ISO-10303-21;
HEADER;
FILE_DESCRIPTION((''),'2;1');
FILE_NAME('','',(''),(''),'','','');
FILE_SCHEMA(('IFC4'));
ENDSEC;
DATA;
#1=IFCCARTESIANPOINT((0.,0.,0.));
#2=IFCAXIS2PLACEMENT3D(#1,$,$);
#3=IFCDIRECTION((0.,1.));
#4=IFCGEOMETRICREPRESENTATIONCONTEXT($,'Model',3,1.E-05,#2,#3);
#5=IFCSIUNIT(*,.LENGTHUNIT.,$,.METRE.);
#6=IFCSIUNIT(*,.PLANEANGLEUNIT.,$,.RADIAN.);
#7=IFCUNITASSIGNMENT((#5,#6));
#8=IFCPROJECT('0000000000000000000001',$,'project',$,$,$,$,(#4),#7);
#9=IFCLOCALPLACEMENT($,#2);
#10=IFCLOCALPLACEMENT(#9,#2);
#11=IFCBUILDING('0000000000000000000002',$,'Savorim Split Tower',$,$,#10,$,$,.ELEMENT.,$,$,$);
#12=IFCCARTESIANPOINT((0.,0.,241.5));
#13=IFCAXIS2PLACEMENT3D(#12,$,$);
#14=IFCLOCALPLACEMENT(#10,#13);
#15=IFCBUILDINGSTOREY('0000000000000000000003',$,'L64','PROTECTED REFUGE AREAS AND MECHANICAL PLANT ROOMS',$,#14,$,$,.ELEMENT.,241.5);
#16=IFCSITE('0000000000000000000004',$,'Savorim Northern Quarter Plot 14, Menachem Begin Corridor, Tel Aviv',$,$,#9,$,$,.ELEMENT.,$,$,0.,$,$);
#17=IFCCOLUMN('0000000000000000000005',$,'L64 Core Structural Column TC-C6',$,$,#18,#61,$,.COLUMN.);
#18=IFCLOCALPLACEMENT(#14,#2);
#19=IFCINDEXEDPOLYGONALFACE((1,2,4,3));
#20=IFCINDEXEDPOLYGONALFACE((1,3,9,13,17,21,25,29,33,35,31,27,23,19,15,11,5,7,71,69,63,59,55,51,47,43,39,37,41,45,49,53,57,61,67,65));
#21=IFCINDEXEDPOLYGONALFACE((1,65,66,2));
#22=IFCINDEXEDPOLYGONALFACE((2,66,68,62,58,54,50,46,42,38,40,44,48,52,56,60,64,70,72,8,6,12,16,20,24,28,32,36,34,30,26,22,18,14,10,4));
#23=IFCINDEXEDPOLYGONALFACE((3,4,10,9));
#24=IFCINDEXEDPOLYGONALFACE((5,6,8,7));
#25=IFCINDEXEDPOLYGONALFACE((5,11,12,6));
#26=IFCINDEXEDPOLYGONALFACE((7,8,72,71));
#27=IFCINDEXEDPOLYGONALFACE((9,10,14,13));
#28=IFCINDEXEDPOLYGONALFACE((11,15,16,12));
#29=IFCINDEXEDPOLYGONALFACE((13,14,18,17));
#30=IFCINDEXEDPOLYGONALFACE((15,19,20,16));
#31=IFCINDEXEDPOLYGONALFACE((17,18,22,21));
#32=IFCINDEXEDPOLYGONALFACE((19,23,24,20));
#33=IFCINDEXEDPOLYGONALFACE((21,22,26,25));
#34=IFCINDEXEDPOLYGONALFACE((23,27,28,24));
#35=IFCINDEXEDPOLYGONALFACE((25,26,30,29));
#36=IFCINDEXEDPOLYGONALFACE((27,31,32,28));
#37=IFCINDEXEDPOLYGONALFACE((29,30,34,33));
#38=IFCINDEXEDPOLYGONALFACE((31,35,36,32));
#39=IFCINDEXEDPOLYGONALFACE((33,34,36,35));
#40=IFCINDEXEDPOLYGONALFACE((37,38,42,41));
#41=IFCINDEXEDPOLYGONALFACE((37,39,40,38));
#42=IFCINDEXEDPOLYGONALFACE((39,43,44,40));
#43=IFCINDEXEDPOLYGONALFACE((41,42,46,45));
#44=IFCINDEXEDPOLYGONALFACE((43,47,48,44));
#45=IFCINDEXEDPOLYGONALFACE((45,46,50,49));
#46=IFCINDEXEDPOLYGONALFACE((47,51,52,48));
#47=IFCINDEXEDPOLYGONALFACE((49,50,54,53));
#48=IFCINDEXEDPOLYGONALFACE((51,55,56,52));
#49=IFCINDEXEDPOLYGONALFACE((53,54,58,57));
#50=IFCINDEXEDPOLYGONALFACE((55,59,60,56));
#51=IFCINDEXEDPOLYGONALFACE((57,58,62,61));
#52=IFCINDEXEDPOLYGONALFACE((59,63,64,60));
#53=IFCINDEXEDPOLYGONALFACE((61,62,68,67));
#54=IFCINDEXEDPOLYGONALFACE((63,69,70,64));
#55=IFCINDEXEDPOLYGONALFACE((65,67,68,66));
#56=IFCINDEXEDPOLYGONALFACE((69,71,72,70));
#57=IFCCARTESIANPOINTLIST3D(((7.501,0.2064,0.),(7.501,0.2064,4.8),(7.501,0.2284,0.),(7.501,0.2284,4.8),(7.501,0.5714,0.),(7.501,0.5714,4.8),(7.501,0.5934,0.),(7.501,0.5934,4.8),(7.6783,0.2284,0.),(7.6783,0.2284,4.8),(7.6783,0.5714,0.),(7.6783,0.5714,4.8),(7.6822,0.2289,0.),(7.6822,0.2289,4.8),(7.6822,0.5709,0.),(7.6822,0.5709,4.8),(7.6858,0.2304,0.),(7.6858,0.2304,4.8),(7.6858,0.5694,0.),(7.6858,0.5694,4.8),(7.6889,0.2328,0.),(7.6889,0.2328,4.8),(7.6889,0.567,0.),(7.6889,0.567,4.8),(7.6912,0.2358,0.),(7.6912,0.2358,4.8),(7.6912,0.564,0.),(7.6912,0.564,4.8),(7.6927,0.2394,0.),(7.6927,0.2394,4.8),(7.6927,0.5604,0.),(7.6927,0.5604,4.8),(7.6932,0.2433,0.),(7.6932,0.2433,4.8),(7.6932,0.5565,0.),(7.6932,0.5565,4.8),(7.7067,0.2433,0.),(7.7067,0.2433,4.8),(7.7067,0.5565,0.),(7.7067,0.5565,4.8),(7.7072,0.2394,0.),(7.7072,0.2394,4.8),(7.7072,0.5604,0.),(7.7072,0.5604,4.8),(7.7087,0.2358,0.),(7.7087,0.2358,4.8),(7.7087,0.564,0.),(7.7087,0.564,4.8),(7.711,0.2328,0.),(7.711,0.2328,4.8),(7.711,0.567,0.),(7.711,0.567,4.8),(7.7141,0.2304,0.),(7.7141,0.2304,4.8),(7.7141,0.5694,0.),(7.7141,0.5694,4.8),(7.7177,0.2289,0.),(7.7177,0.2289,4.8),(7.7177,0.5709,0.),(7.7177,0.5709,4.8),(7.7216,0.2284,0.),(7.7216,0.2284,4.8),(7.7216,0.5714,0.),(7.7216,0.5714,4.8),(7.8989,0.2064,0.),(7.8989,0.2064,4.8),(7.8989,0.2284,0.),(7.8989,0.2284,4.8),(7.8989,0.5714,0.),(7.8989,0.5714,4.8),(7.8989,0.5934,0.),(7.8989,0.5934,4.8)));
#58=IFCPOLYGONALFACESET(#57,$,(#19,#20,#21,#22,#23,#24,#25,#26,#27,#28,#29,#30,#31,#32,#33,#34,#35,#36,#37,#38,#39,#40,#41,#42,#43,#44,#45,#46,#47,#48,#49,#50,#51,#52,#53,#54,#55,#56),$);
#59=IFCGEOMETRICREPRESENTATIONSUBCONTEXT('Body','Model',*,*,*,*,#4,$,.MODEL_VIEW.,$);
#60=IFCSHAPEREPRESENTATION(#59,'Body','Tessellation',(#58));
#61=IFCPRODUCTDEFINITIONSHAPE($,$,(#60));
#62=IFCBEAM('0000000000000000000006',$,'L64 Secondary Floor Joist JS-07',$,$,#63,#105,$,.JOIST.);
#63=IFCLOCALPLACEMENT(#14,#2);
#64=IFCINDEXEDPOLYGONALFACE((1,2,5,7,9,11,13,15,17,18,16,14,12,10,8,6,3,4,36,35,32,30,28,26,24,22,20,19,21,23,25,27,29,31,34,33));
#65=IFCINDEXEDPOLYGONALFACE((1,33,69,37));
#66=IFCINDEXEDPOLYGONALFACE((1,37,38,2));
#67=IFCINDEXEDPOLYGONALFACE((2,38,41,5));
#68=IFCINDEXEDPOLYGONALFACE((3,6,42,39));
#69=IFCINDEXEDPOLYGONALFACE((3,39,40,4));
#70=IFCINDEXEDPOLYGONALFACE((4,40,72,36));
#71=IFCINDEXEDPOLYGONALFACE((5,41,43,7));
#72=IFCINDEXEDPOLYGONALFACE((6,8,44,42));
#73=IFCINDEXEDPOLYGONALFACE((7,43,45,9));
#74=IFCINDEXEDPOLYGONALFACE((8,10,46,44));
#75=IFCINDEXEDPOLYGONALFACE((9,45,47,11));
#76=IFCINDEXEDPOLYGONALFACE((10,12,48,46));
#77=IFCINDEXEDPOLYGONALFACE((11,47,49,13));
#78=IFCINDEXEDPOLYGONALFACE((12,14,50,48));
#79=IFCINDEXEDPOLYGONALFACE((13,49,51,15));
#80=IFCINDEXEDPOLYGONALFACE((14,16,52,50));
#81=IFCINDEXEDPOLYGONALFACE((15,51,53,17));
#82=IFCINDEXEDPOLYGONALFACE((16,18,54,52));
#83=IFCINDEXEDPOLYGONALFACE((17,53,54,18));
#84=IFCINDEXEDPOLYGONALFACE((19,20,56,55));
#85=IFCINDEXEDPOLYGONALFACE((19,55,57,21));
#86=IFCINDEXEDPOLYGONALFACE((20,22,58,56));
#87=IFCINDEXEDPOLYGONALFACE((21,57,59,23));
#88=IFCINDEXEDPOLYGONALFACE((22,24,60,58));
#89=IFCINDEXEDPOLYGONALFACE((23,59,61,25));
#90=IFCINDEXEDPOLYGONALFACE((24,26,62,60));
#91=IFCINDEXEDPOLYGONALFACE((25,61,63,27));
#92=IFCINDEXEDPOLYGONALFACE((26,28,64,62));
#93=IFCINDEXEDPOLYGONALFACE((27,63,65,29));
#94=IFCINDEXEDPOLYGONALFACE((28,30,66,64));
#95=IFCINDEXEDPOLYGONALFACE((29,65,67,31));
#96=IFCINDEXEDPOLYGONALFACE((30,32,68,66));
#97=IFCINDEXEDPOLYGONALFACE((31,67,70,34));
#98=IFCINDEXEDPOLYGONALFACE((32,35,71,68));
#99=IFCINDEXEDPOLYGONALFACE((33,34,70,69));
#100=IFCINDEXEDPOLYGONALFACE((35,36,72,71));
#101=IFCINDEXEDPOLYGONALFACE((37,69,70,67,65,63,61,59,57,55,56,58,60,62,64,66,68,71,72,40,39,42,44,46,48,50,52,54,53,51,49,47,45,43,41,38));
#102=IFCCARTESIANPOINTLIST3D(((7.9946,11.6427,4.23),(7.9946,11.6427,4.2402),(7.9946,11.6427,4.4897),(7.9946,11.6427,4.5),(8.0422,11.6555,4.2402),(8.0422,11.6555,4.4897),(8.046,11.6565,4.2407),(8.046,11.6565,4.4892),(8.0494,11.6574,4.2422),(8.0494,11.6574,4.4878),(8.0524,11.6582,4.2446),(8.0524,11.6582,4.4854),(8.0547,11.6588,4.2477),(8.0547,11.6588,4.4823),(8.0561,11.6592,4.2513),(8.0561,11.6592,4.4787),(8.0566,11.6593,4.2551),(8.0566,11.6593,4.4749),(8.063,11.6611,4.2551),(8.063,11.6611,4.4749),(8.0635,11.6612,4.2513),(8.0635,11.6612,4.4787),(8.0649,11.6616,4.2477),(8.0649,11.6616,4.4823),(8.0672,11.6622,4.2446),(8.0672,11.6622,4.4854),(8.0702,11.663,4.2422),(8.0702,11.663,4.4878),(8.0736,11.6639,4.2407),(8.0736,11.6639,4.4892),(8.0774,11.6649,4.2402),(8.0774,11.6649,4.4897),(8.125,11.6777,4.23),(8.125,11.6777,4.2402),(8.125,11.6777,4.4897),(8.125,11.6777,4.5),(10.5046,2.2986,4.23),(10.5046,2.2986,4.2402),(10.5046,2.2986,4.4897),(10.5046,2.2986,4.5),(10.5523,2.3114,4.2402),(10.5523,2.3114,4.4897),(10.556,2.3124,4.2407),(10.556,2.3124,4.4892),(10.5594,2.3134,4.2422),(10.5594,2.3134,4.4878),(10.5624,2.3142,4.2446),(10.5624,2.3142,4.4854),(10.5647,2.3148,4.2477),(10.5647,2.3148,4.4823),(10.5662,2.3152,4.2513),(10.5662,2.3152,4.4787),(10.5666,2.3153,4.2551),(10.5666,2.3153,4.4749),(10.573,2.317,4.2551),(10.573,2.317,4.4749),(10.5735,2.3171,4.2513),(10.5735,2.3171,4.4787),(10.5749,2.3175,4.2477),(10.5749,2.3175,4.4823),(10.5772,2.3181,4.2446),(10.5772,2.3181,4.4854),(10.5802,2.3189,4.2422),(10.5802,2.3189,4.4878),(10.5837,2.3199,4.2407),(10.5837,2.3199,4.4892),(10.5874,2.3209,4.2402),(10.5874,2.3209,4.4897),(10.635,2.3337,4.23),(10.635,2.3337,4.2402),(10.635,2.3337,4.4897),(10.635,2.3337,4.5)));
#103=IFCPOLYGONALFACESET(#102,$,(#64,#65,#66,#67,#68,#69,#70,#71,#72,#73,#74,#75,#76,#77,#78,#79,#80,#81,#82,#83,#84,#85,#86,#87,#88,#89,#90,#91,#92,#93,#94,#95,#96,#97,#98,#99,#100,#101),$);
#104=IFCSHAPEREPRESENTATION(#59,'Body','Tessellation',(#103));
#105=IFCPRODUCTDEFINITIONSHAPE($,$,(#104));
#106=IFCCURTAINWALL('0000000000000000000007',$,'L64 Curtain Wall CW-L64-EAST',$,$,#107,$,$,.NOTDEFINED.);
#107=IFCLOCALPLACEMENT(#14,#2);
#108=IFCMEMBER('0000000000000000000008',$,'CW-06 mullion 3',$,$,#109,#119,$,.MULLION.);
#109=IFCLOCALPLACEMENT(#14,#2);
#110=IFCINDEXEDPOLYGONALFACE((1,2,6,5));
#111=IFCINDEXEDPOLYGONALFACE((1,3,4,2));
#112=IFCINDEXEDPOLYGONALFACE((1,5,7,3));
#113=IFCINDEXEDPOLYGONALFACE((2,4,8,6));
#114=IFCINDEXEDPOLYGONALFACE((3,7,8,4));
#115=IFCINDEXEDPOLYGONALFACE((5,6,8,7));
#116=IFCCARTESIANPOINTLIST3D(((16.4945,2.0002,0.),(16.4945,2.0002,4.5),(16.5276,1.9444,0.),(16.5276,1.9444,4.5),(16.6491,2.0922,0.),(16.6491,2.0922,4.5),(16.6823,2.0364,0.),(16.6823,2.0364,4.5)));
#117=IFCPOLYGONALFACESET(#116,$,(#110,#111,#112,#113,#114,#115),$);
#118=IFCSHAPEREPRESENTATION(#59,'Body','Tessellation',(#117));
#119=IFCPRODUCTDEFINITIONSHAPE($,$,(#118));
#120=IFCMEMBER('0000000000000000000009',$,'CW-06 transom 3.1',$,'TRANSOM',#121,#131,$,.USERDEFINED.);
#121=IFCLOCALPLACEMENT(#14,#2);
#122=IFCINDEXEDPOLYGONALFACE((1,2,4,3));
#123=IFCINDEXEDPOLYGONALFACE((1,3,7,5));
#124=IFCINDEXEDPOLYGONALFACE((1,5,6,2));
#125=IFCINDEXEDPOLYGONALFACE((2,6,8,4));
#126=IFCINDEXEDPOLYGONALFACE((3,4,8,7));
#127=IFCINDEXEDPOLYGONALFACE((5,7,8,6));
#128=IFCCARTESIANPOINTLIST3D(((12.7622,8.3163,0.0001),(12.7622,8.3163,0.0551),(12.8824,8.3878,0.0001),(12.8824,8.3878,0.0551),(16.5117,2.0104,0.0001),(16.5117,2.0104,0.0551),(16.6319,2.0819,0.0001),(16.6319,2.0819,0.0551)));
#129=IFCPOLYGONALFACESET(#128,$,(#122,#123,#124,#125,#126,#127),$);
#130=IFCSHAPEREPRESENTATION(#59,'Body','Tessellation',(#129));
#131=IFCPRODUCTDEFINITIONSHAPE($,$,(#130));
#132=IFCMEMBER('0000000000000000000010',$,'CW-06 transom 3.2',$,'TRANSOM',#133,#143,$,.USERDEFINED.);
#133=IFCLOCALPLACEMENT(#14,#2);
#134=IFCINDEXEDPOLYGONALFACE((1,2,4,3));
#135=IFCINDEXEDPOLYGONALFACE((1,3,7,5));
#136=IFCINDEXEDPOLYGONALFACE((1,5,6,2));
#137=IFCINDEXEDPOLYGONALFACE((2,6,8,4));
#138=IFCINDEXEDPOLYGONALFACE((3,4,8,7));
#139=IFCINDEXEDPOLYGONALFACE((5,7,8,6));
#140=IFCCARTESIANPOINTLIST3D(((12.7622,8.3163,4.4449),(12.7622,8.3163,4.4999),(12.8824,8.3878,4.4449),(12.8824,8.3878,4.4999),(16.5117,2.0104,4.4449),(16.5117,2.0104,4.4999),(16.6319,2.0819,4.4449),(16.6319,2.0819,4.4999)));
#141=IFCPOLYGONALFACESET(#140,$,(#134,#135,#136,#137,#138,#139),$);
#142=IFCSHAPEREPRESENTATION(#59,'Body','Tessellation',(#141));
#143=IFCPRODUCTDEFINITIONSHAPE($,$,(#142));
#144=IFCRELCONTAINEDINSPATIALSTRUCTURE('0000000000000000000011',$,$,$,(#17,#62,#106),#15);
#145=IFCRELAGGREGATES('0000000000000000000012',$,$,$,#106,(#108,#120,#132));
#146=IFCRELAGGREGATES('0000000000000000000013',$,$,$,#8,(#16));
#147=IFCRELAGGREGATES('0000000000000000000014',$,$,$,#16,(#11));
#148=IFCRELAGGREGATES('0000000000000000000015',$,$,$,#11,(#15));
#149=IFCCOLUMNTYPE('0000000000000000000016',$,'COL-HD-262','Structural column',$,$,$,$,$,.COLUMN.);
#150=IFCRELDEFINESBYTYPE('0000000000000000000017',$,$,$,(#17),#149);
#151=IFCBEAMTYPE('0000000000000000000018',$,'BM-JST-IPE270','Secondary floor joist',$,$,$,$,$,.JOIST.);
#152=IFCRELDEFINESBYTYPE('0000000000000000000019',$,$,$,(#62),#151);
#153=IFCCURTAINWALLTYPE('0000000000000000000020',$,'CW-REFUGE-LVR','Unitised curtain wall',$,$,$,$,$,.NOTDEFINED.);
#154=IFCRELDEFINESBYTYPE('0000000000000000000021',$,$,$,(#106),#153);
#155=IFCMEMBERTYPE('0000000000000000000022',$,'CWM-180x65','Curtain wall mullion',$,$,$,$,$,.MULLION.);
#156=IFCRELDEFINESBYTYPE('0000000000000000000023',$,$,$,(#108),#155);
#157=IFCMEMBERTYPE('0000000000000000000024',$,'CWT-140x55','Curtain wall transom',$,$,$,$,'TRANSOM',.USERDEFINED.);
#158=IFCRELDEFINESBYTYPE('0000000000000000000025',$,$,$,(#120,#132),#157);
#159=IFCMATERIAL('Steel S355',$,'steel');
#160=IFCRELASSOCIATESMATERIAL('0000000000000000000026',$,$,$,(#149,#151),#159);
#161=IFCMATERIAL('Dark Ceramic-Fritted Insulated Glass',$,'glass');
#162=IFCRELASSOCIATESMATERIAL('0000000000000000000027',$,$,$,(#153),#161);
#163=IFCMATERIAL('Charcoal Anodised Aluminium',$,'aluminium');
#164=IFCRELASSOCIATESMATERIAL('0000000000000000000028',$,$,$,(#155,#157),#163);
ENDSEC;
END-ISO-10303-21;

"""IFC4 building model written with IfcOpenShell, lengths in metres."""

from ifc_helpers import new_model, si_unit, direction, frame, origin, origin_2d, place, context, subcontext, project, spatial, rectangle, i_section, extrude, material, material_profile, profile_set, type_object, element, aggregate, save


model = new_model("IFC4")

# Units and contexts
model_context = context("Model", 3, precision=1e-05, world=origin(), true_north=direction((0.0, 1.0)))
body_context = subcontext(model_context, "Body", "Model", "MODEL_VIEW")
ifc_project = project(units=[si_unit("LENGTHUNIT", "METRE"), si_unit("PLANEANGLEUNIT", "RADIAN")], contexts=[model_context])

# Site, building, storey
site_placement = place(None, origin())
site = spatial("IfcSite", under=ifc_project, at=site_placement, Name="Savorim Northern Quarter Plot 14, Menachem Begin Corridor, Tel Aviv", CompositionType="ELEMENT", RefElevation=0.0)
building_placement = place(site_placement, origin())
building = spatial("IfcBuilding", under=site, at=building_placement, Name="Savorim Split Tower", CompositionType="ELEMENT")
storey_placement = place(building_placement, frame((0.0, 0.0, 241.5)))
storey = spatial("IfcBuildingStorey", under=building, at=storey_placement, Name="L64", Description="PROTECTED REFUGE AREAS AND MECHANICAL PLANT ROOMS", CompositionType="ELEMENT", Elevation=241.5)

# Column
ifc_material_1 = material(Name="Steel S355", Category="steel")
ifc_material_profile_1 = material_profile(ifc_material_1, i_section(OverallWidth=0.3979, OverallDepth=0.387, WebThickness=0.0134, FlangeThickness=0.022, FilletRadius=0.0149, at=origin_2d()), Name="HD 400x262")
ifc_profile_set_1 = profile_set([ifc_material_profile_1], Name="Steel S355")
column_type = type_object("IfcColumnType", Name="COL-HD-262", Description="Structural column", PredefinedType="COLUMN", material=ifc_profile_set_1)
column_placement = place(storey_placement, frame((7.7, 0.3999, 0.0), z_axis=(0.0, 0.0, 1.0), x_axis=(1.0, 0.0, 0.0)))
element("IfcColumn", 1, at=column_placement, inside=storey, type_object=column_type, Name="L64 Core Structural Column TC-C6", PredefinedType="COLUMN", context=body_context, shape_type="SweptSolid", body=[
    extrude(i_section(OverallWidth=0.3979, OverallDepth=0.387, WebThickness=0.0134, FlangeThickness=0.022, FilletRadius=0.0149, at=origin_2d()), origin(), (0.0, 0.0, 1.0), 4.8),
])

# Beam
ifc_material_profile_2 = material_profile(ifc_material_1, i_section(OverallWidth=0.135, OverallDepth=0.27, WebThickness=0.0066, FlangeThickness=0.0103, FilletRadius=0.0149, at=origin_2d()), Name="IPE 270")
ifc_profile_set_2 = profile_set([ifc_material_profile_2], Name="Steel S355")
beam_type = type_object("IfcBeamType", Name="BM-JST-IPE270", Description="Secondary floor joist", PredefinedType="JOIST", material=ifc_profile_set_2)
beam_placement = place(storey_placement, frame((10.5698, 2.3162, 4.365), z_axis=(-0.259426, 0.965763, 0.0), x_axis=(-0.965763, -0.259426, 0.0)))
element("IfcBeam", 2, at=beam_placement, inside=storey, type_object=beam_type, Name="L64 Secondary Floor Joist JS-07", PredefinedType="JOIST", context=body_context, shape_type="SweptSolid", body=[
    extrude(i_section(OverallWidth=0.135, OverallDepth=0.27, WebThickness=0.0066, FlangeThickness=0.0103, FilletRadius=0.0149, at=origin_2d()), origin(), (0.0, 0.0, 1.0), 9.6753),
])

# Curtain wall, members
ifc_material_2 = material(Name="Dark Ceramic-Fritted Insulated Glass", Category="glass")
curtain_wall_type = type_object("IfcCurtainWallType", Name="CW-REFUGE-LVR", Description="Unitised curtain wall", PredefinedType="NOTDEFINED", material=ifc_material_2)
curtain_wall_placement = place(storey_placement, origin())
curtain_wall = element("IfcCurtainWall", 3, at=curtain_wall_placement, inside=storey, type_object=curtain_wall_type, Name="L64 Curtain Wall CW-L64-EAST", PredefinedType="NOTDEFINED")
ifc_material_3 = material(Name="Charcoal Anodised Aluminium", Category="aluminium")
ifc_material_profile_3 = material_profile(ifc_material_3, rectangle(XDim=0.1799, YDim=0.0649, at=origin_2d()), Name="ALU-M 180x65")
ifc_profile_set_3 = profile_set([ifc_material_profile_3], Name="Charcoal Anodised Aluminium")
member_type_1 = type_object("IfcMemberType", Name="CWM-180x65", Description="Curtain wall mullion", PredefinedType="MULLION", material=ifc_profile_set_3)
member_1_placement = place(storey_placement, frame((16.5884, 2.0183, 0.0), z_axis=(0.0, 0.0, 1.0), x_axis=(-0.859527, -0.51109, 0.0)))
member_1 = element("IfcMember", 4, at=member_1_placement, type_object=member_type_1, Name="CW-06 mullion 3", PredefinedType="MULLION", context=body_context, shape_type="SweptSolid", body=[
    extrude(rectangle(XDim=0.1799, YDim=0.0649, at=origin_2d()), origin(), (0.0, 0.0, 1.0), 4.5),
])
ifc_material_profile_4 = material_profile(ifc_material_3, rectangle(XDim=0.1399, YDim=0.0549, at=origin_2d()), Name="ALU-T 140x55")
ifc_profile_set_4 = profile_set([ifc_material_profile_4], Name="Charcoal Anodised Aluminium")
member_type_2 = type_object("IfcMemberType", Name="CWT-140x55", Description="Curtain wall transom", ElementType="TRANSOM", PredefinedType="USERDEFINED", material=ifc_profile_set_4)
member_2_placement = place(storey_placement, frame((16.5718, 2.0461, 0.0276), z_axis=(-0.511081, 0.859533, 0.0), x_axis=(-0.859533, -0.511081, 0.0)))
member_2 = element("IfcMember", 5, at=member_2_placement, type_object=member_type_2, Name="CW-06 transom 3.1", ObjectType="TRANSOM", PredefinedType="USERDEFINED", context=body_context, shape_type="SweptSolid", body=[
    extrude(rectangle(XDim=0.1399, YDim=0.0549, at=origin_2d()), origin(), (0.0, 0.0, 1.0), 7.3364),
])
member_3_placement = place(storey_placement, frame((16.5718, 2.0461, 4.4724), z_axis=(-0.511081, 0.859533, 0.0), x_axis=(-0.859533, -0.511081, 0.0)))
member_3 = element("IfcMember", 6, at=member_3_placement, type_object=member_type_2, Name="CW-06 transom 3.2", ObjectType="TRANSOM", PredefinedType="USERDEFINED", context=body_context, shape_type="SweptSolid", body=[
    extrude(rectangle(XDim=0.1399, YDim=0.0549, at=origin_2d()), origin(), (0.0, 0.0, 1.0), 7.3364),
])
aggregate(curtain_wall, [member_1, member_2, member_3])

save(model, "model.ifc")
